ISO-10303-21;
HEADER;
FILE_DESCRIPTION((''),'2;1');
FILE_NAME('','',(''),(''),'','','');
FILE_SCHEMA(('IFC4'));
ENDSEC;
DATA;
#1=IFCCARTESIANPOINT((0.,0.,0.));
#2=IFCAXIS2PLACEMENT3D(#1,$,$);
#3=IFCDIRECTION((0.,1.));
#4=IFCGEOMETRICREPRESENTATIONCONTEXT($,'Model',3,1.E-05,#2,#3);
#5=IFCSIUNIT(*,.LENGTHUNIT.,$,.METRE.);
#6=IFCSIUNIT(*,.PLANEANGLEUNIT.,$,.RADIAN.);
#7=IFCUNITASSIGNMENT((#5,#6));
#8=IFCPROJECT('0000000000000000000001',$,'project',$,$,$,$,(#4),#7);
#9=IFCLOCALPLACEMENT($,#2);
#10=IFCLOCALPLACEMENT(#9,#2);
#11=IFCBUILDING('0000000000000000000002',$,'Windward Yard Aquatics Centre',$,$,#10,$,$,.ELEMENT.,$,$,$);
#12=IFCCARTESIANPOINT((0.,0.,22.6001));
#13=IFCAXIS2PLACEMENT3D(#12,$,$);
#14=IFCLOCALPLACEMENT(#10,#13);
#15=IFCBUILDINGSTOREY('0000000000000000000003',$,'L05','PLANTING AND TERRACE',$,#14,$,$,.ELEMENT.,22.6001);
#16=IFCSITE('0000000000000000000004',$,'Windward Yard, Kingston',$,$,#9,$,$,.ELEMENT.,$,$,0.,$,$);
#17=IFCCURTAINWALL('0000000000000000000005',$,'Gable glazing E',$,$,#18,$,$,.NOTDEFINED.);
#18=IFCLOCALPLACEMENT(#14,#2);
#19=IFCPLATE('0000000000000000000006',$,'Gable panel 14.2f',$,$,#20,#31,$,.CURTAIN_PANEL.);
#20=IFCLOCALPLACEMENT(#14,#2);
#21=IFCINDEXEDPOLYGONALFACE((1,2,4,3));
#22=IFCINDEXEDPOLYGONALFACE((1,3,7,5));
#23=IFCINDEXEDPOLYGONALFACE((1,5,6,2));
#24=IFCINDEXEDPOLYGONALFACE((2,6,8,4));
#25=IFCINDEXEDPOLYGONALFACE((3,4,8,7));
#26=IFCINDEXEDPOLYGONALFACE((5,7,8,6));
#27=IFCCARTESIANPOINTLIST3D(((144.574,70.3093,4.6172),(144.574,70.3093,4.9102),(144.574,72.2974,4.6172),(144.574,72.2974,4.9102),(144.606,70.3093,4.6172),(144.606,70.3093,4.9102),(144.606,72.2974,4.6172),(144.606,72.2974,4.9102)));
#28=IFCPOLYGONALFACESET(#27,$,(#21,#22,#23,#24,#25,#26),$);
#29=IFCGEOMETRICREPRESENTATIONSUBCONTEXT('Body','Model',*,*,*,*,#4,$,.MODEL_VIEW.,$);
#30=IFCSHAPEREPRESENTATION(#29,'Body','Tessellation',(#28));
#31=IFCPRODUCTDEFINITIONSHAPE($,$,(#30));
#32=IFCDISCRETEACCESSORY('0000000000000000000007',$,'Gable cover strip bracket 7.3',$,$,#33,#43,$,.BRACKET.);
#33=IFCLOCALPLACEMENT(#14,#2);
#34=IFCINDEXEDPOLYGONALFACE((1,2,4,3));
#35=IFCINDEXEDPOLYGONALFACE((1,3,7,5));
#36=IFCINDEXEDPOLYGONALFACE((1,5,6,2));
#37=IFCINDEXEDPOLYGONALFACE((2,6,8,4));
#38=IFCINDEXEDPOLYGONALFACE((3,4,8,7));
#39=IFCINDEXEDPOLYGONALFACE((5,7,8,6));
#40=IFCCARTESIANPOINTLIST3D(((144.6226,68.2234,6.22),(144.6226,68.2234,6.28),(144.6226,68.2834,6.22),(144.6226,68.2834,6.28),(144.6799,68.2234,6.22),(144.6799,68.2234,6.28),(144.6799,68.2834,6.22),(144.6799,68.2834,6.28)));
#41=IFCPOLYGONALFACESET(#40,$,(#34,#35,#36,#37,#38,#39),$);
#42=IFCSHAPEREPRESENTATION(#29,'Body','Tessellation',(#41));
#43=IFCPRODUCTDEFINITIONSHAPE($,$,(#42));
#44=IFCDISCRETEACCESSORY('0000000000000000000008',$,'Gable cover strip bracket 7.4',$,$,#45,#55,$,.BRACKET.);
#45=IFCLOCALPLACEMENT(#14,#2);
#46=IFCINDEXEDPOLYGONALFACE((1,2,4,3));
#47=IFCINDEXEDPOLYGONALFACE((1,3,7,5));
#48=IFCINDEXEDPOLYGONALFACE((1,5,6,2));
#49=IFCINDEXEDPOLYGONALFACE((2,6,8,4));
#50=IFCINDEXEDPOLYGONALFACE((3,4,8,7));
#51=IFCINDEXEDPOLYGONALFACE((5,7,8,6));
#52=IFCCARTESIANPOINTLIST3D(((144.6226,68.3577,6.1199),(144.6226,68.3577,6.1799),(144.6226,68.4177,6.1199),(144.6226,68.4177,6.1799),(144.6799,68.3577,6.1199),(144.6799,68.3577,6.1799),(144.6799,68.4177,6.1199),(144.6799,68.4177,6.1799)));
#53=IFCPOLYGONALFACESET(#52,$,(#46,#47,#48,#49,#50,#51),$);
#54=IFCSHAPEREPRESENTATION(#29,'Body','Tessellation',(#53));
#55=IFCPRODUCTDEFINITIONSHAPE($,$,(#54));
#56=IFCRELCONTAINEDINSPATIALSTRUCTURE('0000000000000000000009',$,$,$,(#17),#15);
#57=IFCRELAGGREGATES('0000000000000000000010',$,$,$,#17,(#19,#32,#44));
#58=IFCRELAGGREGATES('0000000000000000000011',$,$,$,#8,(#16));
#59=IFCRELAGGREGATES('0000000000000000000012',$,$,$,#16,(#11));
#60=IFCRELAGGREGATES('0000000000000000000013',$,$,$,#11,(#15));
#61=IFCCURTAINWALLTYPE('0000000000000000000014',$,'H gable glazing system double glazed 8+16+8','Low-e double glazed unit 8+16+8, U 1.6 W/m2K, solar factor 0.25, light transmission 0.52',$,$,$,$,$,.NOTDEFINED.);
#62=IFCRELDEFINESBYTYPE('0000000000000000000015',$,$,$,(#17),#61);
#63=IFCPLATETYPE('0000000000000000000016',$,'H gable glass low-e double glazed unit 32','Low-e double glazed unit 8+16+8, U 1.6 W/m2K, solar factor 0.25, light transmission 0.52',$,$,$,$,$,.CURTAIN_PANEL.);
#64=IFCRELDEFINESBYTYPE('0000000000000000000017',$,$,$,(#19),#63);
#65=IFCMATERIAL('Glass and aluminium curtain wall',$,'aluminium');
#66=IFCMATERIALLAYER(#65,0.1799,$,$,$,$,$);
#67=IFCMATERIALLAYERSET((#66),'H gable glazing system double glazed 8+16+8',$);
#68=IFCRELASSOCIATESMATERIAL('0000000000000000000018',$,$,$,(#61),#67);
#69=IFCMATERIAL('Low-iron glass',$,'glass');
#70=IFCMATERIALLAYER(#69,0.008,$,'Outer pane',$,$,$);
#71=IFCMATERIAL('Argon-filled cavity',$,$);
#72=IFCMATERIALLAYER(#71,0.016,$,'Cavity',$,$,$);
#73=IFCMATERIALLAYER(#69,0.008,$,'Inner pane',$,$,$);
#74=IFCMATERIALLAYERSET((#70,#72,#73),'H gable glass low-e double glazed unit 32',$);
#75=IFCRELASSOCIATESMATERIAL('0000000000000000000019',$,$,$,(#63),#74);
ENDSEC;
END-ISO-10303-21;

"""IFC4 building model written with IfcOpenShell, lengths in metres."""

from ifc_helpers import new_model, si_unit, direction, frame, origin, origin_2d, place, context, subcontext, project, spatial, polyline, rectangle, outline, extrude, material, layer, layer_set, type_object, element, aggregate, save


model = new_model("IFC4")

# Units and contexts
model_context = context("Model", 3, precision=1e-05, world=origin(), true_north=direction((0.0, 1.0)))
body_context = subcontext(model_context, "Body", "Model", "MODEL_VIEW")
ifc_project = project(units=[si_unit("LENGTHUNIT", "METRE"), si_unit("PLANEANGLEUNIT", "RADIAN")], contexts=[model_context])

# Site, building, storey
site_placement = place(None, origin())
site = spatial("IfcSite", under=ifc_project, at=site_placement, Name="Windward Yard, Kingston", CompositionType="ELEMENT", RefElevation=0.0)
building_placement = place(site_placement, origin())
building = spatial("IfcBuilding", under=site, at=building_placement, Name="Windward Yard Aquatics Centre", CompositionType="ELEMENT")
storey_placement = place(building_placement, frame((0.0, 0.0, 22.6001)))
storey = spatial("IfcBuildingStorey", under=building, at=storey_placement, Name="L05", Description="PLANTING AND TERRACE", CompositionType="ELEMENT", Elevation=22.6001)

# Curtain wall, plate, discrete accessories
ifc_material_1 = material(Name="Glass and aluminium curtain wall", Category="aluminium")
ifc_layer_1 = layer(ifc_material_1, 0.1799)
ifc_layer_set_1 = layer_set([ifc_layer_1], Name="H gable glazing system double glazed 8+16+8")
curtain_wall_type = type_object("IfcCurtainWallType", Name="H gable glazing system double glazed 8+16+8", Description="Low-e double glazed unit 8+16+8, U 1.6 W/m2K, solar factor 0.25, light transmission 0.52", PredefinedType="NOTDEFINED", material=ifc_layer_set_1)
curtain_wall_placement = place(storey_placement, origin())
curtain_wall = element("IfcCurtainWall", 1, at=curtain_wall_placement, inside=storey, type_object=curtain_wall_type, Name="Gable glazing E", PredefinedType="NOTDEFINED")
ifc_material_2 = material(Name="Low-iron glass", Category="glass")
ifc_layer_2 = layer(ifc_material_2, 0.008, Name="Outer pane")
ifc_material_3 = material(Name="Argon-filled cavity")
ifc_layer_3 = layer(ifc_material_3, 0.016, Name="Cavity")
ifc_layer_4 = layer(ifc_material_2, 0.008, Name="Inner pane")
ifc_layer_set_2 = layer_set([ifc_layer_2, ifc_layer_3, ifc_layer_4], Name="H gable glass low-e double glazed unit 32")
plate_type = type_object("IfcPlateType", Name="H gable glass low-e double glazed unit 32", Description="Low-e double glazed unit 8+16+8, U 1.6 W/m2K, solar factor 0.25, light transmission 0.52", PredefinedType="CURTAIN_PANEL", material=ifc_layer_set_2)
plate_1_placement = place(storey_placement, frame((144.606, 70.3093, 4.6172), z_axis=(1.0, 0.0, 0.0), x_axis=(0.0, 1.0, 0.0)))
plate_1 = element("IfcPlate", 2, at=plate_1_placement, type_object=plate_type, Name="Gable panel 14.2f", PredefinedType="CURTAIN_PANEL", context=body_context, shape_type="SweptSolid", body=[
    extrude(outline(polyline([(0.0, 0.0), (1.988, 0.0), (1.988, 0.293), (0.0, 0.293), (0.0, 0.0)])), origin(), (0.0, 0.0, -1.0), 0.032),
])
discrete_accessory_1_placement = place(storey_placement, frame((144.6226, 68.2534, 6.25), z_axis=(1.0, 0.0, 0.0), x_axis=(0.0, 1.0, 0.0)))
discrete_accessory_1 = element("IfcDiscreteAccessory", 3, at=discrete_accessory_1_placement, Name="Gable cover strip bracket 7.3", PredefinedType="BRACKET", context=body_context, shape_type="SweptSolid", body=[
    extrude(rectangle(XDim=0.0601, YDim=0.0601, at=origin_2d()), origin(), (0.0, 0.0, 1.0), 0.0574),
])
discrete_accessory_2_placement = place(storey_placement, frame((144.6226, 68.3877, 6.1499), z_axis=(1.0, 0.0, 0.0), x_axis=(0.0, 1.0, 0.0)))
discrete_accessory_2 = element("IfcDiscreteAccessory", 4, at=discrete_accessory_2_placement, Name="Gable cover strip bracket 7.4", PredefinedType="BRACKET", context=body_context, shape_type="SweptSolid", body=[
    extrude(rectangle(XDim=0.0601, YDim=0.0601, at=origin_2d()), origin(), (0.0, 0.0, 1.0), 0.0574),
])
aggregate(curtain_wall, [plate_1, discrete_accessory_1, discrete_accessory_2])

save(model, "model.ifc")
